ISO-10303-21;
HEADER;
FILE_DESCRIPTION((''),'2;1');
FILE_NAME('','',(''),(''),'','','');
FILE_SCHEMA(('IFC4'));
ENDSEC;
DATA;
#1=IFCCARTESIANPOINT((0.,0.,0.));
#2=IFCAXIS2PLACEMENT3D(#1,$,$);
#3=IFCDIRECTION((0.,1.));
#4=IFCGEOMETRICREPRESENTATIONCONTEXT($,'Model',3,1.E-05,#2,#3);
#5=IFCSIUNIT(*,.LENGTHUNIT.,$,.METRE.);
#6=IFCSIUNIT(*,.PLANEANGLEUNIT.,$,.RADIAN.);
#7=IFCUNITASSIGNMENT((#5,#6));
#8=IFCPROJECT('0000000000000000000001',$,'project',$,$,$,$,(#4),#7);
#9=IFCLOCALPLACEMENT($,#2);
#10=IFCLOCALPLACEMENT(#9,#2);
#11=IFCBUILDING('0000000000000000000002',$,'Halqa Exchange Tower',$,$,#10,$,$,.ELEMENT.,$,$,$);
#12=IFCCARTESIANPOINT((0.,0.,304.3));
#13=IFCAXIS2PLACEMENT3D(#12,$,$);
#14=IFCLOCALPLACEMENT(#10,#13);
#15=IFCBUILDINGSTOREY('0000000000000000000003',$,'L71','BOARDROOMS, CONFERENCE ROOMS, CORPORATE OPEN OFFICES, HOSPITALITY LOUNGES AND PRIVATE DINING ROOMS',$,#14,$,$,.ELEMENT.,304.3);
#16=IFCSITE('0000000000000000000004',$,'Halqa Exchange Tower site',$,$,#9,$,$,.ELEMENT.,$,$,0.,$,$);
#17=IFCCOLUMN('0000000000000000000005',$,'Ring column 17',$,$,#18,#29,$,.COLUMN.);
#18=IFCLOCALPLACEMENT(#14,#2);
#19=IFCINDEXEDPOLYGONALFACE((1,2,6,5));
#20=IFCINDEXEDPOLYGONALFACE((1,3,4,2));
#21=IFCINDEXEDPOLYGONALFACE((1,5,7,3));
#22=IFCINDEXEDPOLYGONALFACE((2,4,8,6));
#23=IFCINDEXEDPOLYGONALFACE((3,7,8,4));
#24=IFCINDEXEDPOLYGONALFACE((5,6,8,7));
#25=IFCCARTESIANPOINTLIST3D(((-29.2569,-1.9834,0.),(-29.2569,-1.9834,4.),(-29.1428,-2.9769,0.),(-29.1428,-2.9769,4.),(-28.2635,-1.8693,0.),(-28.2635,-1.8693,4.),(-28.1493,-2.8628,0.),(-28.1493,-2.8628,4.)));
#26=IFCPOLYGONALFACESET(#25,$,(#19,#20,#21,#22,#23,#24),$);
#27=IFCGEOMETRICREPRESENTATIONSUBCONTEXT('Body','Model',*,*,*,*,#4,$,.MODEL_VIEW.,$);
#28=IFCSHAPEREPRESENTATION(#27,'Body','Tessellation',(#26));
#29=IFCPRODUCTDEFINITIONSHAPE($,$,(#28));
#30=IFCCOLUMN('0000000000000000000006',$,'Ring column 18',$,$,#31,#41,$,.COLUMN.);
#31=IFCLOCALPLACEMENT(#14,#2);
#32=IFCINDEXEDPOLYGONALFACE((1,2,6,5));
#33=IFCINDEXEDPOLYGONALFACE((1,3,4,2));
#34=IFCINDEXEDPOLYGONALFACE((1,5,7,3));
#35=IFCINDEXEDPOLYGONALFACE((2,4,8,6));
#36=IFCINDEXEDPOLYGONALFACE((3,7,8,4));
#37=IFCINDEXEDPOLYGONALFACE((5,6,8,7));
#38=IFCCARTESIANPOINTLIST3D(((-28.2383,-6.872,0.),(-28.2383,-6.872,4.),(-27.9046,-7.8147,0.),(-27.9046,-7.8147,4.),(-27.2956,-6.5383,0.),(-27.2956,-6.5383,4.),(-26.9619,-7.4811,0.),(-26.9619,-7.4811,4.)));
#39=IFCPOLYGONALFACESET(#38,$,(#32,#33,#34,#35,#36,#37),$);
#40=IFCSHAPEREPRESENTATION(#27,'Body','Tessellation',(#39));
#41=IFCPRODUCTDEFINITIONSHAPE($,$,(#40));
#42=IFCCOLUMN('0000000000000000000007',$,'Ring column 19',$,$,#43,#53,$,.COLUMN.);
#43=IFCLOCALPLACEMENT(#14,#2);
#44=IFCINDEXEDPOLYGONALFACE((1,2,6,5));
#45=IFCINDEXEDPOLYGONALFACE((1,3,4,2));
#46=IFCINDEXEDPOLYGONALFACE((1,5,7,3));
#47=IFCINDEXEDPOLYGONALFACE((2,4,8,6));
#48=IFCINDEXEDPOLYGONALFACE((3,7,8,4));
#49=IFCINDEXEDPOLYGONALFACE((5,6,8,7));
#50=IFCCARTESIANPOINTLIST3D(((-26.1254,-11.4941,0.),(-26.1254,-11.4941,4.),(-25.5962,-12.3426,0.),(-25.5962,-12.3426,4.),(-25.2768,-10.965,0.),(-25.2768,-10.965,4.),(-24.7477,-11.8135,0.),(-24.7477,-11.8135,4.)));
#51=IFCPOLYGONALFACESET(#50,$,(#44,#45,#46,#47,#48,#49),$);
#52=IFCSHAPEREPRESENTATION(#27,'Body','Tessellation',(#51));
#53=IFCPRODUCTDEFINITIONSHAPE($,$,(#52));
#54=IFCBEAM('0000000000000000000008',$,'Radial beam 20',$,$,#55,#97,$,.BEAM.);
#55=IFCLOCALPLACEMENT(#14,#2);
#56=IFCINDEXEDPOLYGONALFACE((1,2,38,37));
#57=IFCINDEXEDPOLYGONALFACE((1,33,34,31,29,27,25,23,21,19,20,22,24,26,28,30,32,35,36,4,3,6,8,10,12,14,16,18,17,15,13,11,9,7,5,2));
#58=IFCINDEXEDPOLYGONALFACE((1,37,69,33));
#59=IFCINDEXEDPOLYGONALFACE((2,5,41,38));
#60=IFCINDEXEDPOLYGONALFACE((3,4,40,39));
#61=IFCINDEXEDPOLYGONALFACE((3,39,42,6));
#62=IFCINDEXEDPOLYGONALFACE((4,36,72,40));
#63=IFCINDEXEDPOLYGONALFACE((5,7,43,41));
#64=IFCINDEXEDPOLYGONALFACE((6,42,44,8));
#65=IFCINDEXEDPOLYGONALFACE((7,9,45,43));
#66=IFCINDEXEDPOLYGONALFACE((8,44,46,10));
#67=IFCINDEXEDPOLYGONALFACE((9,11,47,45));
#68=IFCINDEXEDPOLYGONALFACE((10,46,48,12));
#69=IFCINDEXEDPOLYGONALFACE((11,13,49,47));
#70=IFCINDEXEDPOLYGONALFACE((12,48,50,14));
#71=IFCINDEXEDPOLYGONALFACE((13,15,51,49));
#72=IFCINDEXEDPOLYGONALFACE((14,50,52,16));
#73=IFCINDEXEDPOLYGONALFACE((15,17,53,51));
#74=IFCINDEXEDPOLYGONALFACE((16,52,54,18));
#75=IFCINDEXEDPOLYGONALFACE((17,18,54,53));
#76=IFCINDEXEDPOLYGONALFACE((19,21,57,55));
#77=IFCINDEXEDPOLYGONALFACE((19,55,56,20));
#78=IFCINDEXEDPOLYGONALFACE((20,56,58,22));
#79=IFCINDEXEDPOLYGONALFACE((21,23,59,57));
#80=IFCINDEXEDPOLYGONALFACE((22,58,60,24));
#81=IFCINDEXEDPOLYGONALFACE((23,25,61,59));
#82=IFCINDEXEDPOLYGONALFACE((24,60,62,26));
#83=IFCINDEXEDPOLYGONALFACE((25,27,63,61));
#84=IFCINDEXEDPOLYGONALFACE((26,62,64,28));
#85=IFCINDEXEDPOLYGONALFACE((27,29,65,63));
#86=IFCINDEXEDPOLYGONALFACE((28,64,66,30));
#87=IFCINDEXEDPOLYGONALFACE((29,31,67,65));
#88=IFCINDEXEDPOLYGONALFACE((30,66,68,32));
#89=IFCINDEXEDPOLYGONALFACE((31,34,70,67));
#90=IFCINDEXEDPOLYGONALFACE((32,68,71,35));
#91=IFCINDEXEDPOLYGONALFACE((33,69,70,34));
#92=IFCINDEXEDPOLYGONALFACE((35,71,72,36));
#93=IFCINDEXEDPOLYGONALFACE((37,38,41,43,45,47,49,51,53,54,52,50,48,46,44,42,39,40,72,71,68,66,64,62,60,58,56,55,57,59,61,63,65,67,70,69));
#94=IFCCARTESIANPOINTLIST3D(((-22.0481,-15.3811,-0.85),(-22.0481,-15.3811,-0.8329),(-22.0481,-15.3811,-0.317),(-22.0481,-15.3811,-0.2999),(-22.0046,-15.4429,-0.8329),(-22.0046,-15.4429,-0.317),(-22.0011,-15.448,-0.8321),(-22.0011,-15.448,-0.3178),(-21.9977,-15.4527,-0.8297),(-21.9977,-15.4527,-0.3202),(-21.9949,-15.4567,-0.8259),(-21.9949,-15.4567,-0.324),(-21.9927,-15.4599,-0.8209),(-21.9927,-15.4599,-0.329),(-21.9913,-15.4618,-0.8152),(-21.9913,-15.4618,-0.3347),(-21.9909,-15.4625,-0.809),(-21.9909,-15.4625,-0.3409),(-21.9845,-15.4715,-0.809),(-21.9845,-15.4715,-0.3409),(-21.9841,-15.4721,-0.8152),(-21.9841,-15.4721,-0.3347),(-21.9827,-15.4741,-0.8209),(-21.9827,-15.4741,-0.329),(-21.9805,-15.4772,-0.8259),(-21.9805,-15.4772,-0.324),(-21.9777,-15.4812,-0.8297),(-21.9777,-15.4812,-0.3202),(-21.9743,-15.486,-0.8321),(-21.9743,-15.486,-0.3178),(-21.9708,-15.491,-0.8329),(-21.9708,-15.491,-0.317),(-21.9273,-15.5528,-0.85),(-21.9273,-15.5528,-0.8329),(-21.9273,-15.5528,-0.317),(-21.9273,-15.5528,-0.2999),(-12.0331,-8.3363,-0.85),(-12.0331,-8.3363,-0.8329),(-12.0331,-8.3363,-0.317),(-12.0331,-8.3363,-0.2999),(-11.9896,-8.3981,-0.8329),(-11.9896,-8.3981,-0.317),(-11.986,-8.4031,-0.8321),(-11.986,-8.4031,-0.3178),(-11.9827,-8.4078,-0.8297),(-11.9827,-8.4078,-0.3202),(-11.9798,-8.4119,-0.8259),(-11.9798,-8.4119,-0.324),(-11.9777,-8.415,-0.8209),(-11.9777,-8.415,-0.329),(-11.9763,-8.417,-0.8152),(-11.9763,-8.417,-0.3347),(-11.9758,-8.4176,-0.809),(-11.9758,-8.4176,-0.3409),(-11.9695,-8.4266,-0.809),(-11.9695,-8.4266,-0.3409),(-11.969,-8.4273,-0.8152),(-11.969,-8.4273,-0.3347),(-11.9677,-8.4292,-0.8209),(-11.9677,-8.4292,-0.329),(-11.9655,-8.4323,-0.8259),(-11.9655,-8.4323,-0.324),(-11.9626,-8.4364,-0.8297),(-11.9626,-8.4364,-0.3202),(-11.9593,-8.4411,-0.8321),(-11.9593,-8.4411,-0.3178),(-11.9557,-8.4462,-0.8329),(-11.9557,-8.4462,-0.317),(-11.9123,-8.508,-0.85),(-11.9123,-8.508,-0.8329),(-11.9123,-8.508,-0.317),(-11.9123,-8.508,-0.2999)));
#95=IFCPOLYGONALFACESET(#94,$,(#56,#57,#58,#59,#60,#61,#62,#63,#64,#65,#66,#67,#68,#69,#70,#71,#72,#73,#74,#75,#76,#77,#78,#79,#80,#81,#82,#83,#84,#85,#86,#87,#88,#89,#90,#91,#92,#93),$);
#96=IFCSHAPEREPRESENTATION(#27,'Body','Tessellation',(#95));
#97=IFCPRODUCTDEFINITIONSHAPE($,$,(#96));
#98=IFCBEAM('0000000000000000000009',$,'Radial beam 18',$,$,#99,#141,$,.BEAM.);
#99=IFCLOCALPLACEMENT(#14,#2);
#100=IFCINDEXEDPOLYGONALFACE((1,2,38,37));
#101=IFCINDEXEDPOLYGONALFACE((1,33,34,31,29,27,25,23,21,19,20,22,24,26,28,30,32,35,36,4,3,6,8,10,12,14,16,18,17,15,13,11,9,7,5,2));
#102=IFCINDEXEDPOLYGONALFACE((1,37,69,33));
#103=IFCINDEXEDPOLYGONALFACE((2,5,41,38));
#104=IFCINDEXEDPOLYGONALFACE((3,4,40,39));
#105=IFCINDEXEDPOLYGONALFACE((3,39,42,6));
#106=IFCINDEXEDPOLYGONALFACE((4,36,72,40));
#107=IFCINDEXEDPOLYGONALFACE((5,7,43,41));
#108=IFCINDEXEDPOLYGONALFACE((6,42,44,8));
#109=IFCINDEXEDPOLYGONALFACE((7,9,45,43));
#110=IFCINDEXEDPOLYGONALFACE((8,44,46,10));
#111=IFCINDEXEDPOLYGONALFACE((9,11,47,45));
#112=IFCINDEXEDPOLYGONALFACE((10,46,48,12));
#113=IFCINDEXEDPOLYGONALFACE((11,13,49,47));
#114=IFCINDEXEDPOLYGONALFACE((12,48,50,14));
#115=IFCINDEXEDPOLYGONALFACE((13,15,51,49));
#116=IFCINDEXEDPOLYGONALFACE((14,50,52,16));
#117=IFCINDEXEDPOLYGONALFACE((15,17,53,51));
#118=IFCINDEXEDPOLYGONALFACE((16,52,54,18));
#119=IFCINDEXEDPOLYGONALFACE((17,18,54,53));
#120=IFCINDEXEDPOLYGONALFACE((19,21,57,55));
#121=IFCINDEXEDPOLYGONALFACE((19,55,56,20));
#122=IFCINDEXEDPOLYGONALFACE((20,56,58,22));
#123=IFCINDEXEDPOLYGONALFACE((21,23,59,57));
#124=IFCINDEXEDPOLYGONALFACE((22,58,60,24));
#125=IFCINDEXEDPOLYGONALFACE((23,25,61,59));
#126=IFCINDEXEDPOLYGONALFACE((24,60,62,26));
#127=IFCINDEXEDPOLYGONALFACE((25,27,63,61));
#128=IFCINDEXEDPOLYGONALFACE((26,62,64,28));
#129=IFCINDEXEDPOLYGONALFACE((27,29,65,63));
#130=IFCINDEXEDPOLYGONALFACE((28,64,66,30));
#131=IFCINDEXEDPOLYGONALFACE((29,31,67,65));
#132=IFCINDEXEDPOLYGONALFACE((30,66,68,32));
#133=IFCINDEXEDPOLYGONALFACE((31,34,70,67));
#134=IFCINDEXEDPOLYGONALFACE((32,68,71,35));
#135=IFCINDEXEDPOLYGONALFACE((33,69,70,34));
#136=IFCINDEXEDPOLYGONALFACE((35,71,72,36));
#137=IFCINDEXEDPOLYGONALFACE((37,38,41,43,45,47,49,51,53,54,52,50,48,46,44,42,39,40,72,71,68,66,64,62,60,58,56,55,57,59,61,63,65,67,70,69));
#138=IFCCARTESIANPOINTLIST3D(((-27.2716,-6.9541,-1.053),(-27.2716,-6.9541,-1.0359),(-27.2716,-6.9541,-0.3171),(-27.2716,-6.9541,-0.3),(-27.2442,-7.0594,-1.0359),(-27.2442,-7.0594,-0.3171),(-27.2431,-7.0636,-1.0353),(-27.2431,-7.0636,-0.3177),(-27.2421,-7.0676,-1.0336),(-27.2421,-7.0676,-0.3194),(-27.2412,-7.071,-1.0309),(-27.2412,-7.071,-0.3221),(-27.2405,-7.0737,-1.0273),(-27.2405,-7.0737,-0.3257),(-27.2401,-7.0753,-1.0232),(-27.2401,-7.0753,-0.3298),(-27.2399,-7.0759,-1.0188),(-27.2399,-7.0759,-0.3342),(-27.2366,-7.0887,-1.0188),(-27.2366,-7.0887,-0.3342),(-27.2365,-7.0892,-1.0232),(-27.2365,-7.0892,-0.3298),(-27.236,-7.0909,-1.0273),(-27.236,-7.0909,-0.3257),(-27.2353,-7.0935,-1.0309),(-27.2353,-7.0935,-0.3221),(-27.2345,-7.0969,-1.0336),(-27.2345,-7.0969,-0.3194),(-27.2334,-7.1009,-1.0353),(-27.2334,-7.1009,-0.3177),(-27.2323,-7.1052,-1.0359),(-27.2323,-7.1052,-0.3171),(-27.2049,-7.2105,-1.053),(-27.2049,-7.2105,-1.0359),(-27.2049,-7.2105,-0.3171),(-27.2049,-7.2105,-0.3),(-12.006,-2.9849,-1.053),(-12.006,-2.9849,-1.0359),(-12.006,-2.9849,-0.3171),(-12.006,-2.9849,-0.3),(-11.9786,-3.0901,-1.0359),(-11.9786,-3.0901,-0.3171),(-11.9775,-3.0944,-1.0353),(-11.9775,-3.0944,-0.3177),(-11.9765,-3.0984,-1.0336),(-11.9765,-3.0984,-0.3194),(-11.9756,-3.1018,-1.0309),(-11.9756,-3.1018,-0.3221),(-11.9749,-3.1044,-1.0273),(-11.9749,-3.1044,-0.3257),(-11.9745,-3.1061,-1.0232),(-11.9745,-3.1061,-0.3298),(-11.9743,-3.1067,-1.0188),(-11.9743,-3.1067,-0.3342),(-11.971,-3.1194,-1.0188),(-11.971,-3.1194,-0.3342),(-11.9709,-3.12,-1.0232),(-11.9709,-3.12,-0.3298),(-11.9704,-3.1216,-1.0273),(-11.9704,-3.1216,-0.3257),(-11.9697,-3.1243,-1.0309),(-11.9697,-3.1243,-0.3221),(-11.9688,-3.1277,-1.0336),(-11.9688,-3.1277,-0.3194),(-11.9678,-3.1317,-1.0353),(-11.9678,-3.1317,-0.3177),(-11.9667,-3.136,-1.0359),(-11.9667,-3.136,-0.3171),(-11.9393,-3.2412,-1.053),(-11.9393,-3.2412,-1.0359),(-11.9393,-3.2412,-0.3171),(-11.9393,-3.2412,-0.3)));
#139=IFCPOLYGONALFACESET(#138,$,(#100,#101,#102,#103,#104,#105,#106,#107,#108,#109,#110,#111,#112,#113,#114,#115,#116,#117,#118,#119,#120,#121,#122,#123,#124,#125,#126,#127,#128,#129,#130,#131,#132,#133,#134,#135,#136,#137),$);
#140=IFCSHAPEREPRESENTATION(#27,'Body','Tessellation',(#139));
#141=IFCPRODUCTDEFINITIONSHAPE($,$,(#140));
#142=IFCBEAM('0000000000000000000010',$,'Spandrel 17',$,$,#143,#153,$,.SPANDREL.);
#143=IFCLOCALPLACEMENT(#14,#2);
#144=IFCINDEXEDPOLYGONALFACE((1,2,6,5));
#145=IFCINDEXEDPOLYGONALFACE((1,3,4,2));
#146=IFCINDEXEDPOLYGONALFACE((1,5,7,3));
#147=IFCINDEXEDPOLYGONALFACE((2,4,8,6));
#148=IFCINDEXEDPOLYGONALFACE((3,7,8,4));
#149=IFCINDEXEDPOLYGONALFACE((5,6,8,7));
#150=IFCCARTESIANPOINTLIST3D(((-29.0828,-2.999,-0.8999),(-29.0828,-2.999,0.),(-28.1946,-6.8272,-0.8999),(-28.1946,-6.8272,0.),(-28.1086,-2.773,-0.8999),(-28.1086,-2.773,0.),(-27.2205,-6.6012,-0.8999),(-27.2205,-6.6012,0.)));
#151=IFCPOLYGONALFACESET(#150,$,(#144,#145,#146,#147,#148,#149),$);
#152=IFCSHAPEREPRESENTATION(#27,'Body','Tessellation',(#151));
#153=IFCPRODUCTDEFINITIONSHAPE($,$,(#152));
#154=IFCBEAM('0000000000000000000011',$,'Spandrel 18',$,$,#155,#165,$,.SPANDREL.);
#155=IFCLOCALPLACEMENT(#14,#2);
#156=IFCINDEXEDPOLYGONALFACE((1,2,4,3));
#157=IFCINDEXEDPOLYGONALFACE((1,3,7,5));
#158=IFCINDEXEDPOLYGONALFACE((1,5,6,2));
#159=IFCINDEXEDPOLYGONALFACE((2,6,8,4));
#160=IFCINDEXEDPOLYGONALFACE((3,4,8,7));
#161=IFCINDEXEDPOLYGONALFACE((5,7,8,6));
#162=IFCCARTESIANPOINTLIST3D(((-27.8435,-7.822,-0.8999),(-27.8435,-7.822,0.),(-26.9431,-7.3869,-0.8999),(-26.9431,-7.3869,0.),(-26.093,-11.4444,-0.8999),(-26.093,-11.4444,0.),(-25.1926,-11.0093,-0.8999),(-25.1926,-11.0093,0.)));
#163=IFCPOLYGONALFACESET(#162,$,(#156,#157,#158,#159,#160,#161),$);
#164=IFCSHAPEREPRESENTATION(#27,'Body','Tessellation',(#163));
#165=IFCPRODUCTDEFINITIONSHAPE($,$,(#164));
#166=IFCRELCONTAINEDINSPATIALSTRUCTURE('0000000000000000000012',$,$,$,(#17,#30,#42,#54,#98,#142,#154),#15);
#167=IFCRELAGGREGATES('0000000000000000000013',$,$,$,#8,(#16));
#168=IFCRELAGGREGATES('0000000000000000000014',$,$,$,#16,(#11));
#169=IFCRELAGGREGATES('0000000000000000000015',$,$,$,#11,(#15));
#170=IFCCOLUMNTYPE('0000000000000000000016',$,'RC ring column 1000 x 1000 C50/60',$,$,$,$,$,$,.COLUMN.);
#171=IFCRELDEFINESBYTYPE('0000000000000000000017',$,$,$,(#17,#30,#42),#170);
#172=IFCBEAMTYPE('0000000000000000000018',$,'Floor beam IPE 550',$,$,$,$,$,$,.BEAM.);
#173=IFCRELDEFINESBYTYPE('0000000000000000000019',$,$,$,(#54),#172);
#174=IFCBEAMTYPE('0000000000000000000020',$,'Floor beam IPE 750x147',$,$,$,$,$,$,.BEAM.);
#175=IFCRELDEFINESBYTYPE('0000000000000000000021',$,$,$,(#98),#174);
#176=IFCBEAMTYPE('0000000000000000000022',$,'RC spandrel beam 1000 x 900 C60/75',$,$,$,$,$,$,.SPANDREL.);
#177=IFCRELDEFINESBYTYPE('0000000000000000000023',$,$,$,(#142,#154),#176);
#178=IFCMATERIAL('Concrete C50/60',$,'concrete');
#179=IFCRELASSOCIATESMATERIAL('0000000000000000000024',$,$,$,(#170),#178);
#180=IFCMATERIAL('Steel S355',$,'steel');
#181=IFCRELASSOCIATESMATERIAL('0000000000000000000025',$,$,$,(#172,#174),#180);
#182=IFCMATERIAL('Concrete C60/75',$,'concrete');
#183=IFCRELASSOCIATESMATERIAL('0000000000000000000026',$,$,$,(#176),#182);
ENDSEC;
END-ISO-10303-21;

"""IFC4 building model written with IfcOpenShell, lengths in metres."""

from ifc_helpers import new_model, si_unit, direction, frame, origin, origin_2d, place, context, subcontext, project, spatial, rectangle, i_section, extrude, material, material_profile, profile_set, type_object, element, save


model = new_model("IFC4")

# Units and contexts
model_context = context("Model", 3, precision=1e-05, world=origin(), true_north=direction((0.0, 1.0)))
body_context = subcontext(model_context, "Body", "Model", "MODEL_VIEW")
ifc_project = project(units=[si_unit("LENGTHUNIT", "METRE"), si_unit("PLANEANGLEUNIT", "RADIAN")], contexts=[model_context])

# Site, building, storey
site_placement = place(None, origin())
site = spatial("IfcSite", under=ifc_project, at=site_placement, Name="Halqa Exchange Tower site", CompositionType="ELEMENT", RefElevation=0.0)
building_placement = place(site_placement, origin())
building = spatial("IfcBuilding", under=site, at=building_placement, Name="Halqa Exchange Tower", CompositionType="ELEMENT")
storey_placement = place(building_placement, frame((0.0, 0.0, 304.3)))
storey = spatial("IfcBuildingStorey", under=building, at=storey_placement, Name="L71", Description="BOARDROOMS, CONFERENCE ROOMS, CORPORATE OPEN OFFICES, HOSPITALITY LOUNGES AND PRIVATE DINING ROOMS", CompositionType="ELEMENT", Elevation=304.3)

# Columns
ifc_material_1 = material(Name="Concrete C50/60", Category="concrete")
ifc_material_profile_1 = material_profile(ifc_material_1, rectangle(XDim=1.0, YDim=1.0, at=origin_2d()), Name="1000 x 1000")
ifc_profile_set_1 = profile_set([ifc_material_profile_1], Name="Concrete C50/60")
column_type = type_object("IfcColumnType", Name="RC ring column 1000 x 1000 C50/60", PredefinedType="COLUMN", material=ifc_profile_set_1)
for number, where, z_axis, x_axis, name in (
    (1, (-28.7031, -2.4231, 0.0), (0.0, 0.0, 1.0), (0.11415, -0.993464, 0.0), "Ring column 17"),
    (2, (-27.6001, -7.1765, 0.0), (0.0, 0.0, 1.0), (0.333623, -0.942707, 0.0), "Ring column 18"),
    (3, (-25.4365, -11.6538, 0.0), (0.0, 0.0, 1.0), (0.529151, -0.848528, 0.0), "Ring column 19"),
):
    element("IfcColumn", number, at=place(storey_placement, frame(where, z_axis=z_axis, x_axis=x_axis)), inside=storey, type_object=column_type, Name=name, PredefinedType="COLUMN", context=body_context, shape_type="SweptSolid", body=[
        extrude(rectangle(XDim=1.0, YDim=1.0, at=origin_2d()), origin(), (0.0, 0.0, 1.0), 4.0),
    ])

# Beams
ifc_material_2 = material(Name="Steel S355", Category="steel")
ifc_material_profile_2 = material_profile(ifc_material_2, i_section(OverallWidth=0.21, OverallDepth=0.55, WebThickness=0.011, FlangeThickness=0.0171, FilletRadius=0.0239, at=origin_2d()), Name="IPE 550")
ifc_profile_set_2 = profile_set([ifc_material_profile_2], Name="Steel S355")
beam_type_1 = type_object("IfcBeamType", Name="Floor beam IPE 550", PredefinedType="BEAM", material=ifc_profile_set_2)
beam_1_placement = place(storey_placement, frame((-11.9727, -8.4221, -0.575), z_axis=(-0.817913, -0.575342, 0.0), x_axis=(0.575342, -0.817913, 0.0)))
element("IfcBeam", 4, at=beam_1_placement, inside=storey, type_object=beam_type_1, Name="Radial beam 20", PredefinedType="BEAM", context=body_context, shape_type="SweptSolid", body=[
    extrude(i_section(OverallWidth=0.21, OverallDepth=0.55, WebThickness=0.011, FlangeThickness=0.0171, FilletRadius=0.0239, at=origin_2d()), origin(), (0.0, 0.0, 1.0), 12.2446),
])
ifc_material_profile_3 = material_profile(ifc_material_2, i_section(OverallWidth=0.2649, OverallDepth=0.7529, WebThickness=0.0132, FlangeThickness=0.0171, FilletRadius=0.0171, at=origin_2d()), Name="IPE 750x147")
ifc_profile_set_3 = profile_set([ifc_material_profile_3], Name="Steel S355")
beam_type_2 = type_object("IfcBeamType", Name="Floor beam IPE 750x147", PredefinedType="BEAM", material=ifc_profile_set_3)
beam_2_placement = place(storey_placement, frame((-11.9727, -3.113, -0.6765), z_axis=(-0.96782, -0.251644, 0.0), x_axis=(0.251644, -0.96782, 0.0)))
element("IfcBeam", 5, at=beam_2_placement, inside=storey, type_object=beam_type_2, Name="Radial beam 18", PredefinedType="BEAM", context=body_context, shape_type="SweptSolid", body=[
    extrude(i_section(OverallWidth=0.2649, OverallDepth=0.7529, WebThickness=0.0132, FlangeThickness=0.0171, FilletRadius=0.0171, at=origin_2d()), origin(), (0.0, 0.0, 1.0), 15.7732),
])
ifc_material_3 = material(Name="Concrete C60/75", Category="concrete")
ifc_material_profile_4 = material_profile(ifc_material_3, rectangle(XDim=1.0, YDim=0.8999, at=origin_2d()), Name="1000 x 900")
ifc_profile_set_4 = profile_set([ifc_material_profile_4], Name="Concrete C60/75")
beam_type_3 = type_object("IfcBeamType", Name="RC spandrel beam 1000 x 900 C60/75", PredefinedType="SPANDREL", material=ifc_profile_set_4)
beam_3_placement = place(storey_placement, frame((-28.5957, -2.886, -0.45), z_axis=(0.225998, -0.974128, 0.0), x_axis=(0.974128, 0.225998, 0.0)))
element("IfcBeam", 6, at=beam_3_placement, inside=storey, type_object=beam_type_3, Name="Spandrel 17", PredefinedType="SPANDREL", context=body_context, shape_type="SweptSolid", body=[
    extrude(rectangle(XDim=1.0, YDim=0.8999, at=origin_2d()), origin(), (0.0, 0.0, 1.0), 3.9299),
])
beam_4_placement = place(storey_placement, frame((-27.3933, -7.6045, -0.45), z_axis=(0.435109, -0.900378, 0.0), x_axis=(0.900378, 0.435109, 0.0)))
element("IfcBeam", 7, at=beam_4_placement, inside=storey, type_object=beam_type_3, Name="Spandrel 18", PredefinedType="SPANDREL", context=body_context, shape_type="SweptSolid", body=[
    extrude(rectangle(XDim=1.0, YDim=0.8999, at=origin_2d()), origin(), (0.0, 0.0, 1.0), 4.0232),
])

save(model, "model.ifc")
